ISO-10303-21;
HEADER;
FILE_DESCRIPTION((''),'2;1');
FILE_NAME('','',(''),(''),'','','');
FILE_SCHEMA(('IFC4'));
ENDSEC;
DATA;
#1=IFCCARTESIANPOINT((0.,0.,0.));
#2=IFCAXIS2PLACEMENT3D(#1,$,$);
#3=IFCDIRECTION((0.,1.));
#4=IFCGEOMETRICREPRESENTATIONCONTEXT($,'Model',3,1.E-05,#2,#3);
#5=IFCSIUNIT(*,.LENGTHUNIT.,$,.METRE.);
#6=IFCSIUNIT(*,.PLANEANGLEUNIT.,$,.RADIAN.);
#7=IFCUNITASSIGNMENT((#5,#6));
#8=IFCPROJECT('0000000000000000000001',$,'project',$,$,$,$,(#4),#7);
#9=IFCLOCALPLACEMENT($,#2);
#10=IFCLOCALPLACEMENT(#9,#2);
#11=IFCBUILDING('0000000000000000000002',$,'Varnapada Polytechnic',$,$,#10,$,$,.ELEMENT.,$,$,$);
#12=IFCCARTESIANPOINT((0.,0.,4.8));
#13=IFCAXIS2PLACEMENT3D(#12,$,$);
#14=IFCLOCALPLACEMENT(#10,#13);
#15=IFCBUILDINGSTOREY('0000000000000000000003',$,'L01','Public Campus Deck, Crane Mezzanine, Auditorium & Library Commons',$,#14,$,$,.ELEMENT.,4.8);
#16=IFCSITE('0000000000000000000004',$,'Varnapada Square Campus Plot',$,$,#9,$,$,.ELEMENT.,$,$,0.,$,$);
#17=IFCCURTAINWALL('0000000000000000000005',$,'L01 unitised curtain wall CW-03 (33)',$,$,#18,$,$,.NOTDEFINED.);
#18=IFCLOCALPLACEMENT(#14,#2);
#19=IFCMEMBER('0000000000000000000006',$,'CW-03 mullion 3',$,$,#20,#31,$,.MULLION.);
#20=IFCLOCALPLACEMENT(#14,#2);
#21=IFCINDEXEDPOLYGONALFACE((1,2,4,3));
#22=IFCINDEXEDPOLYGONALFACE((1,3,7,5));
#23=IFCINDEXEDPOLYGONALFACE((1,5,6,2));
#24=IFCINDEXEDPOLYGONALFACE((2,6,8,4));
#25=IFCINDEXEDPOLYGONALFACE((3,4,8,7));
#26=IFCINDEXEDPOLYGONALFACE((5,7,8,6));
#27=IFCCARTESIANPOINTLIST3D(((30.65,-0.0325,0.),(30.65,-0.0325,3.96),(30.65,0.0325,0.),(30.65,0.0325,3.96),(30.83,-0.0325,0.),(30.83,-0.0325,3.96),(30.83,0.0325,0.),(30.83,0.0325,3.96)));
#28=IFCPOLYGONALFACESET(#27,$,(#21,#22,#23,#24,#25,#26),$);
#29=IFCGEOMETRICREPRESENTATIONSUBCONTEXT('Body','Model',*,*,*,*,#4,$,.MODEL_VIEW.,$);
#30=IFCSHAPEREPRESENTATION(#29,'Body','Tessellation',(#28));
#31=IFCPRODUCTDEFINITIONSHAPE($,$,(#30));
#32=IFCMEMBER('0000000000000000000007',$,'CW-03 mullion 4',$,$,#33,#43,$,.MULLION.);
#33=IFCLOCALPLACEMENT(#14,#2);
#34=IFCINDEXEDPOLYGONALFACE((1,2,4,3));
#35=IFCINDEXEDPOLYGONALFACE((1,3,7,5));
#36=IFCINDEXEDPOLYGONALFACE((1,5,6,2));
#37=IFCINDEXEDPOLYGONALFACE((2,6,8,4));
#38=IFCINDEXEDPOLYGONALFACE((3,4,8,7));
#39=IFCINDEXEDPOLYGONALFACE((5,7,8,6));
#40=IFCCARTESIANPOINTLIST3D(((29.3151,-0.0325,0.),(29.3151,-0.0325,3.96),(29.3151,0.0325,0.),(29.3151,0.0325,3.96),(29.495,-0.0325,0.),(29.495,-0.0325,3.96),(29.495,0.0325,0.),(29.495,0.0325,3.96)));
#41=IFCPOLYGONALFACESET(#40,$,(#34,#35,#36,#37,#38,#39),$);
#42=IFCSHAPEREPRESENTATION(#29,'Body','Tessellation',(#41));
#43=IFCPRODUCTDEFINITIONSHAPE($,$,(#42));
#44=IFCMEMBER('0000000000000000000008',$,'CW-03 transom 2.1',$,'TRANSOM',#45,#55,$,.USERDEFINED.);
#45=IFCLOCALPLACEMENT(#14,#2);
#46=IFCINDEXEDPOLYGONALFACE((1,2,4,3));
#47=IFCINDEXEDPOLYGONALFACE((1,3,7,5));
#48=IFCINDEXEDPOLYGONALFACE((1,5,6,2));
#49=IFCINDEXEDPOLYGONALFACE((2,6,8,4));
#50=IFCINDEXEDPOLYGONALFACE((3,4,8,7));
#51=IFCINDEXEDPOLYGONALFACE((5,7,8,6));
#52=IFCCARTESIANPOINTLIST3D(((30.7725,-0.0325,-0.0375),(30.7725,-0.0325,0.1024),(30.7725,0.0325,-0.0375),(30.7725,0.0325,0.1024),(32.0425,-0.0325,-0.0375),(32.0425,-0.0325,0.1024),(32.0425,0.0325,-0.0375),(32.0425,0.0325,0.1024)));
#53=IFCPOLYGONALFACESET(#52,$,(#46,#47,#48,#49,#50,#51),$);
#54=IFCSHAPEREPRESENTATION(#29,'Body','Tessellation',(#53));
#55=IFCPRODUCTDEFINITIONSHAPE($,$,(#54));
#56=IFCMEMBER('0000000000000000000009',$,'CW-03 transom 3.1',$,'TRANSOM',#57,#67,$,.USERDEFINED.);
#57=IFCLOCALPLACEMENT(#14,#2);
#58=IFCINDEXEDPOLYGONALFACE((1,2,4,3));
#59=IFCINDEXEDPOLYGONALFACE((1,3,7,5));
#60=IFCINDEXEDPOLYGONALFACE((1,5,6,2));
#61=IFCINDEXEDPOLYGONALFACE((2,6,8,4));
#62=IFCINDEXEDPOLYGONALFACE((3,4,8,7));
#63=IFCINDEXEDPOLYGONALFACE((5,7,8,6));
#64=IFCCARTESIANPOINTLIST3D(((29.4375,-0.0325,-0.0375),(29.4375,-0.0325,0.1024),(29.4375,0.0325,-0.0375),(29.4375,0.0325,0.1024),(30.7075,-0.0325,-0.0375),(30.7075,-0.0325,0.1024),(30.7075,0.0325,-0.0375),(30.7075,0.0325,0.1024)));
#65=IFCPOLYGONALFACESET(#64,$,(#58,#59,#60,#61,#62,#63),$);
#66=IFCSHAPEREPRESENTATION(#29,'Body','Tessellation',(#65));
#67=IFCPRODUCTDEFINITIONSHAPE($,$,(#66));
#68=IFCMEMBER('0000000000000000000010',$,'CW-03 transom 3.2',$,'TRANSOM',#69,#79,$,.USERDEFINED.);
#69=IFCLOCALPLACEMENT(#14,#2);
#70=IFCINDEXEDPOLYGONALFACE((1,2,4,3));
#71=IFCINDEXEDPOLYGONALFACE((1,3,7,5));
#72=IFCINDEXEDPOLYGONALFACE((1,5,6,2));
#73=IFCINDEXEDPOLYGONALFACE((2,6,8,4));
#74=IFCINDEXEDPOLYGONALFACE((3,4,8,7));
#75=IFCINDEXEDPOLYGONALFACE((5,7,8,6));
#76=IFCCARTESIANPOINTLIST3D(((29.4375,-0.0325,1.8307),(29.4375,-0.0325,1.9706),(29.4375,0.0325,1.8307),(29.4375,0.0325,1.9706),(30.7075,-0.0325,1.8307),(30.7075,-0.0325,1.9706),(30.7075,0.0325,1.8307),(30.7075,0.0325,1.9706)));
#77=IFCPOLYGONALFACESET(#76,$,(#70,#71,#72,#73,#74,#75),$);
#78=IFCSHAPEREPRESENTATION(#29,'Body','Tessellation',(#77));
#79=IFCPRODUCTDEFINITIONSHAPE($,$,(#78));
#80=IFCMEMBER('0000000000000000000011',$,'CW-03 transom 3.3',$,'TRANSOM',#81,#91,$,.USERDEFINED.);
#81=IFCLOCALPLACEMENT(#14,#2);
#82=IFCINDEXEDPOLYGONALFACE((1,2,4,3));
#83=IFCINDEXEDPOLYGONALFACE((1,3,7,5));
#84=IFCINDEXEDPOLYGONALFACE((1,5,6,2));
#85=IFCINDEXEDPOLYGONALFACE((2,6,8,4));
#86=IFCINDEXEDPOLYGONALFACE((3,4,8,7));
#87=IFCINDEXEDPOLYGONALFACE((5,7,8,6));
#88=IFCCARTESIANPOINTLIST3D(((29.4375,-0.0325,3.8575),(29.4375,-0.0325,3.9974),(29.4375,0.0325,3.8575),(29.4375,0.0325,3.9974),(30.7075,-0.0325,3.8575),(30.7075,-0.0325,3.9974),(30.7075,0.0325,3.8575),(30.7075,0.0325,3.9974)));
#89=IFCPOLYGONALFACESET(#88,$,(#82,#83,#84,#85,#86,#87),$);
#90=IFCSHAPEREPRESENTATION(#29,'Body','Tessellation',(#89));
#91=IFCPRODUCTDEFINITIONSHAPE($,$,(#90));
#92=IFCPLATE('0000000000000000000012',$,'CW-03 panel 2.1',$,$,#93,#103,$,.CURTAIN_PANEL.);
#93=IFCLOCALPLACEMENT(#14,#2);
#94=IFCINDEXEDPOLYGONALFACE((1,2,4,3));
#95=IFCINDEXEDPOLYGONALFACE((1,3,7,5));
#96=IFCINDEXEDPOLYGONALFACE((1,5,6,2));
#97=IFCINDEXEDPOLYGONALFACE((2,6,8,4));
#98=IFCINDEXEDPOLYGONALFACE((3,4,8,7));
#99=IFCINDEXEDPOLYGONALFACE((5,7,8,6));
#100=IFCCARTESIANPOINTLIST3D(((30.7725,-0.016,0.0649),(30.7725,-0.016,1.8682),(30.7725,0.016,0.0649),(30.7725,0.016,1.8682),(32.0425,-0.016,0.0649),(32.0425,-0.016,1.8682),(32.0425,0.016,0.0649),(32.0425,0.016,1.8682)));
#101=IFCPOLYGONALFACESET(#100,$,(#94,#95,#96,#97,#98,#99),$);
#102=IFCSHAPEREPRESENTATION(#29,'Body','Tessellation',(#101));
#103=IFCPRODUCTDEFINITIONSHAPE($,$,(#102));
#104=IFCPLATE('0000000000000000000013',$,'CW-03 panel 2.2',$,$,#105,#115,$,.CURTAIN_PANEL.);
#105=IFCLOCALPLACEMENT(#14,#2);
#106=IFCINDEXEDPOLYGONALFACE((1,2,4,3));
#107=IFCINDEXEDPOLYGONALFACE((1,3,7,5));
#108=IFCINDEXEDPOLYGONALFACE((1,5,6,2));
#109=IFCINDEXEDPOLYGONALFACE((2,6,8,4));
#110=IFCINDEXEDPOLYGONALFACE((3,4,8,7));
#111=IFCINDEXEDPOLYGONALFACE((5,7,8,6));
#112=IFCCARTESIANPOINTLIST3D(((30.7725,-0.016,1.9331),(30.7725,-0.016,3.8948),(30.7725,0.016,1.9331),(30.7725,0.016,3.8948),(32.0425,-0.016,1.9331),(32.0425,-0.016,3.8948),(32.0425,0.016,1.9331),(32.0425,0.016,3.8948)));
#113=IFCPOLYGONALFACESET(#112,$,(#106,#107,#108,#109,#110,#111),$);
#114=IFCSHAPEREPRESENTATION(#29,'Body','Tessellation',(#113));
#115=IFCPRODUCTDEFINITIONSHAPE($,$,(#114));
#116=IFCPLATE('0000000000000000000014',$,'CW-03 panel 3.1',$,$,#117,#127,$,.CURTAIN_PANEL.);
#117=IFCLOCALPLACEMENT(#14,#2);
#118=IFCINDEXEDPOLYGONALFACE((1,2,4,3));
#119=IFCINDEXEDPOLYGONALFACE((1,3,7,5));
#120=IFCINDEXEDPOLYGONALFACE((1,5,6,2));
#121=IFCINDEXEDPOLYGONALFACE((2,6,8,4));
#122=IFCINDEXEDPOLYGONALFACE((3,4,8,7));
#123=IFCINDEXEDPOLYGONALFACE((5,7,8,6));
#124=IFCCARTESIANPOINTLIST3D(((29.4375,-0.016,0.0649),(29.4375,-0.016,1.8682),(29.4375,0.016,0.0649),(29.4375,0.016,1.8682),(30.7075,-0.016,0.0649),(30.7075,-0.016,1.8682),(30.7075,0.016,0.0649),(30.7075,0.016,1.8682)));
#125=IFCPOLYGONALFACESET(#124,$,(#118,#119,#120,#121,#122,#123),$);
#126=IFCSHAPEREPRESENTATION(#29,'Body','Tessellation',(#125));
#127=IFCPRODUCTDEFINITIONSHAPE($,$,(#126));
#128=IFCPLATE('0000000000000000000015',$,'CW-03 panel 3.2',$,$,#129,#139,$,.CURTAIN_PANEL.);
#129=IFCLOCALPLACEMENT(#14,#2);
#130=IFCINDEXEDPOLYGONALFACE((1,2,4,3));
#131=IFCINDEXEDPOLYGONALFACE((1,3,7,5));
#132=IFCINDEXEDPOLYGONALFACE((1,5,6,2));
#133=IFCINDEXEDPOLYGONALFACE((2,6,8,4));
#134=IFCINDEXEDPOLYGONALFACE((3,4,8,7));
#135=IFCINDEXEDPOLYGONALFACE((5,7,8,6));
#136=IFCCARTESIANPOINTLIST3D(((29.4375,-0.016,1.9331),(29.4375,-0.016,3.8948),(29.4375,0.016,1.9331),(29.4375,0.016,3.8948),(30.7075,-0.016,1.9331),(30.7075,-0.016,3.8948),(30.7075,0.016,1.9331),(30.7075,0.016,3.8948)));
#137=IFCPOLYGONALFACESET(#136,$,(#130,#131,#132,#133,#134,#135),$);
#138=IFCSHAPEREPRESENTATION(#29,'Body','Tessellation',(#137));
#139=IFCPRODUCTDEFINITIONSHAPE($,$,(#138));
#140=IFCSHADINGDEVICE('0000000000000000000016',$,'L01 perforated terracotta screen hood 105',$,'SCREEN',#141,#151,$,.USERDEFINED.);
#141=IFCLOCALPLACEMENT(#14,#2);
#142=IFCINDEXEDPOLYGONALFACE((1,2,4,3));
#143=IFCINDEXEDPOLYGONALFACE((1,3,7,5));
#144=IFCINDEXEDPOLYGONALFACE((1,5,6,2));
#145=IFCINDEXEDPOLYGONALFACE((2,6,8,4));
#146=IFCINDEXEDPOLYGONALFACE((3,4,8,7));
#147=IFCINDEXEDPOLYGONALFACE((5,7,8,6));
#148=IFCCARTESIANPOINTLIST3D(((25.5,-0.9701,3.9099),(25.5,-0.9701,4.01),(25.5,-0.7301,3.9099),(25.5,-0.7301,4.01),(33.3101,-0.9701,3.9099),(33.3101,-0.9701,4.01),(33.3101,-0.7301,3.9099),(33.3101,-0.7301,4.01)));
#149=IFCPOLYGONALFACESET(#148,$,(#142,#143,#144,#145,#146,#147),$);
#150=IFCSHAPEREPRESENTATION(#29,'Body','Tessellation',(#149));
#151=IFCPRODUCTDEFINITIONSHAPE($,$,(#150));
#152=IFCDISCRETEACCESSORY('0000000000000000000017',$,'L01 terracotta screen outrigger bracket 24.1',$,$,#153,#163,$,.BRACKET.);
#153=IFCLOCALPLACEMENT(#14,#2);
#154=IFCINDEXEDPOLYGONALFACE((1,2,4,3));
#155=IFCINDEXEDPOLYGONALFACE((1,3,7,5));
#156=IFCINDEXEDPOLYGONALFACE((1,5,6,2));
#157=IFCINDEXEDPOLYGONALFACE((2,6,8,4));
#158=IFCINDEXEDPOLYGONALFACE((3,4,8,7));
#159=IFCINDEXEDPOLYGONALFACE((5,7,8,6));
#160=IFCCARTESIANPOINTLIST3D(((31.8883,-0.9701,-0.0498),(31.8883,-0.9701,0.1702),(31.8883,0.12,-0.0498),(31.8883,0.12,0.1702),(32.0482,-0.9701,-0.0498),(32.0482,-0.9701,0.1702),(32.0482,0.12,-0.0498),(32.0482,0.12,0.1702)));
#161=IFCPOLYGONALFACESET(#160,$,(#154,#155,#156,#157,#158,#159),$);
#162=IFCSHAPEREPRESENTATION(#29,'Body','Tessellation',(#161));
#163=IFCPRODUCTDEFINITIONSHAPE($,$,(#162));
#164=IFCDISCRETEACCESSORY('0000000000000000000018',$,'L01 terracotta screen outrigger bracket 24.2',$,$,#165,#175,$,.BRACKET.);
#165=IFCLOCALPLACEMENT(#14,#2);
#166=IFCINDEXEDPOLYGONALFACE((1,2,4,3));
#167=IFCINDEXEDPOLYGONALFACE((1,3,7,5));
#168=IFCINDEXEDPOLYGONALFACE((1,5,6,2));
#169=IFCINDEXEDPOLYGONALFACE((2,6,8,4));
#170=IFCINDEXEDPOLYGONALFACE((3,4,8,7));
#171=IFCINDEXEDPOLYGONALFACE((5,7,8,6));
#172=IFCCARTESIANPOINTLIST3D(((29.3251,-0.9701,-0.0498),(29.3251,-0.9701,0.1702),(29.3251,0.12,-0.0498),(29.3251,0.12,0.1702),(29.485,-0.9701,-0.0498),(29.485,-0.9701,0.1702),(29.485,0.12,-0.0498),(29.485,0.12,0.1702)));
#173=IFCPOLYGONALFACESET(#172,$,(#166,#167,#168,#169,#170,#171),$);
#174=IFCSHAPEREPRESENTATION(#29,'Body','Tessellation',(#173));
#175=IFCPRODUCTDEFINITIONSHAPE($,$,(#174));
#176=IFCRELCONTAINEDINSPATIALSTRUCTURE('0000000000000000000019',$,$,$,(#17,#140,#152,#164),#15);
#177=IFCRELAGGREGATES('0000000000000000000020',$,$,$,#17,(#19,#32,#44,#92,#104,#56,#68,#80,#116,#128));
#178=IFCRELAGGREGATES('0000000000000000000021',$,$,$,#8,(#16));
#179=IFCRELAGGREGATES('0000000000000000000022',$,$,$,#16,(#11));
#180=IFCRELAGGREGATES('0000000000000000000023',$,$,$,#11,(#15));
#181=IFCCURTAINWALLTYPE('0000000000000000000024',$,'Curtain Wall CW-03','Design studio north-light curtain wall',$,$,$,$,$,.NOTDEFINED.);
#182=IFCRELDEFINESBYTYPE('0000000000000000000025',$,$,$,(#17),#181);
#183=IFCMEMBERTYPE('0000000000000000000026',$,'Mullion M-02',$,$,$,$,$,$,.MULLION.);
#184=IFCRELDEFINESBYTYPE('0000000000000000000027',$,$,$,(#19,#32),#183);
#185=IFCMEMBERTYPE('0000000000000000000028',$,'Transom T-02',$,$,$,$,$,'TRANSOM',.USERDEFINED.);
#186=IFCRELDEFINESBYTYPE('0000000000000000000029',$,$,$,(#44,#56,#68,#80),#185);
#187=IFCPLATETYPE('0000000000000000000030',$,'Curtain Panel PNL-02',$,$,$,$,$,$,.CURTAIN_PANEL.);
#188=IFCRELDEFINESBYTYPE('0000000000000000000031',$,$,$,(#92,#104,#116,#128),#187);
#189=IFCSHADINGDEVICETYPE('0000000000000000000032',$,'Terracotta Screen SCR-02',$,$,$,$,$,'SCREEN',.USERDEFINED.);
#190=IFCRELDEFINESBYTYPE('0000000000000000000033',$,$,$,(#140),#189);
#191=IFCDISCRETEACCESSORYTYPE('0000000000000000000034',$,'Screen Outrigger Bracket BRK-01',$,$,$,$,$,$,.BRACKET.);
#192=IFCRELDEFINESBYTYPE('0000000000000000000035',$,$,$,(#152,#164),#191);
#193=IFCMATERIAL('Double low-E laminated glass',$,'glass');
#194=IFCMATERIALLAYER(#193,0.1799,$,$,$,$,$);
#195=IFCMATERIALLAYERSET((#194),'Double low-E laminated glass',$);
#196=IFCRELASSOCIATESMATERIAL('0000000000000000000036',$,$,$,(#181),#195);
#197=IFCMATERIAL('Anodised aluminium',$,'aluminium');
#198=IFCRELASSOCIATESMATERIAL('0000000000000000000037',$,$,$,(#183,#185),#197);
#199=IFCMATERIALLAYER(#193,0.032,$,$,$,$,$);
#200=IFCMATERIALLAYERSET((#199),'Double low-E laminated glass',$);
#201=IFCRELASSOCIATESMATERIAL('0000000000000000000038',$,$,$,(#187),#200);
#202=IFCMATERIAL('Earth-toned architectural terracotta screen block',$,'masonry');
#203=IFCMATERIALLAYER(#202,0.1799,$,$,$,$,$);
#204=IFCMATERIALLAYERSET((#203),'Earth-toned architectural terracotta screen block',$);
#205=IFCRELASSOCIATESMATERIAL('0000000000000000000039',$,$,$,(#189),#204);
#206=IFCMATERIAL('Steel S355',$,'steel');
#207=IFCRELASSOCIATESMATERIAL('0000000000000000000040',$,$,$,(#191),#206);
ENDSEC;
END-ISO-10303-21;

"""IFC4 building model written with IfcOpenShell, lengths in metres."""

from ifc_helpers import new_model, si_unit, direction, frame, origin, origin_2d, place, context, subcontext, project, spatial, rectangle, extrude, material, layer, layer_set, material_profile, profile_set, type_object, element, aggregate, save


model = new_model("IFC4")

# Units and contexts
model_context = context("Model", 3, precision=1e-05, world=origin(), true_north=direction((0.0, 1.0)))
body_context = subcontext(model_context, "Body", "Model", "MODEL_VIEW")
ifc_project = project(units=[si_unit("LENGTHUNIT", "METRE"), si_unit("PLANEANGLEUNIT", "RADIAN")], contexts=[model_context])

# Site, building, storey
site_placement = place(None, origin())
site = spatial("IfcSite", under=ifc_project, at=site_placement, Name="Varnapada Square Campus Plot", CompositionType="ELEMENT", RefElevation=0.0)
building_placement = place(site_placement, origin())
building = spatial("IfcBuilding", under=site, at=building_placement, Name="Varnapada Polytechnic", CompositionType="ELEMENT")
storey_placement = place(building_placement, frame((0.0, 0.0, 4.8)))
storey = spatial("IfcBuildingStorey", under=building, at=storey_placement, Name="L01", Description="Public Campus Deck, Crane Mezzanine, Auditorium & Library Commons", CompositionType="ELEMENT", Elevation=4.8)

# Curtain wall, members, plates
ifc_material_1 = material(Name="Double low-E laminated glass", Category="glass")
ifc_layer_1 = layer(ifc_material_1, 0.1799)
ifc_layer_set_1 = layer_set([ifc_layer_1], Name="Double low-E laminated glass")
curtain_wall_type = type_object("IfcCurtainWallType", Name="Curtain Wall CW-03", Description="Design studio north-light curtain wall", PredefinedType="NOTDEFINED", material=ifc_layer_set_1)
curtain_wall_placement = place(storey_placement, origin())
curtain_wall = element("IfcCurtainWall", 1, at=curtain_wall_placement, inside=storey, type_object=curtain_wall_type, Name="L01 unitised curtain wall CW-03 (33)", PredefinedType="NOTDEFINED")
ifc_material_2 = material(Name="Anodised aluminium", Category="aluminium")
ifc_material_profile_1 = material_profile(ifc_material_2, rectangle(XDim=0.0649, YDim=0.1799, at=origin_2d()), Name="ALU M65x180")
ifc_profile_set_1 = profile_set([ifc_material_profile_1], Name="Anodised aluminium")
member_type_1 = type_object("IfcMemberType", Name="Mullion M-02", PredefinedType="MULLION", material=ifc_profile_set_1)
member_1_placement = place(storey_placement, frame((30.74, 0.0, 0.0), z_axis=(0.0, 0.0, 1.0), x_axis=(0.0, -1.0, 0.0)))
member_1 = element("IfcMember", 2, at=member_1_placement, type_object=member_type_1, Name="CW-03 mullion 3", PredefinedType="MULLION", context=body_context, shape_type="SweptSolid", body=[
    extrude(rectangle(XDim=0.0649, YDim=0.1799, at=origin_2d()), origin(), (0.0, 0.0, 1.0), 3.96),
])
member_2_placement = place(storey_placement, frame((29.405, 0.0, 0.0), z_axis=(0.0, 0.0, 1.0), x_axis=(0.0, -1.0, 0.0)))
member_2 = element("IfcMember", 3, at=member_2_placement, type_object=member_type_1, Name="CW-03 mullion 4", PredefinedType="MULLION", context=body_context, shape_type="SweptSolid", body=[
    extrude(rectangle(XDim=0.0649, YDim=0.1799, at=origin_2d()), origin(), (0.0, 0.0, 1.0), 3.96),
])
ifc_material_profile_2 = material_profile(ifc_material_2, rectangle(XDim=0.0649, YDim=0.1399, at=origin_2d()), Name="ALU T65x140")
ifc_profile_set_2 = profile_set([ifc_material_profile_2], Name="Anodised aluminium")
member_type_2 = type_object("IfcMemberType", Name="Transom T-02", ElementType="TRANSOM", PredefinedType="USERDEFINED", material=ifc_profile_set_2)
member_3_placement = place(storey_placement, frame((32.0425, 0.0, 0.0325), z_axis=(-1.0, 0.0, 0.0), x_axis=(0.0, -1.0, 0.0)))
member_3 = element("IfcMember", 4, at=member_3_placement, type_object=member_type_2, Name="CW-03 transom 2.1", ObjectType="TRANSOM", PredefinedType="USERDEFINED", context=body_context, shape_type="SweptSolid", body=[
    extrude(rectangle(XDim=0.0649, YDim=0.1399, at=origin_2d()), origin(), (0.0, 0.0, 1.0), 1.27),
])
member_4_placement = place(storey_placement, frame((30.7075, 0.0, 0.0325), z_axis=(-1.0, 0.0, 0.0), x_axis=(0.0, -1.0, 0.0)))
member_4 = element("IfcMember", 5, at=member_4_placement, type_object=member_type_2, Name="CW-03 transom 3.1", ObjectType="TRANSOM", PredefinedType="USERDEFINED", context=body_context, shape_type="SweptSolid", body=[
    extrude(rectangle(XDim=0.0649, YDim=0.1399, at=origin_2d()), origin(), (0.0, 0.0, 1.0), 1.27),
])
member_5_placement = place(storey_placement, frame((30.7075, 0.0, 1.9006), z_axis=(-1.0, 0.0, 0.0), x_axis=(0.0, -1.0, 0.0)))
member_5 = element("IfcMember", 6, at=member_5_placement, type_object=member_type_2, Name="CW-03 transom 3.2", ObjectType="TRANSOM", PredefinedType="USERDEFINED", context=body_context, shape_type="SweptSolid", body=[
    extrude(rectangle(XDim=0.0649, YDim=0.1399, at=origin_2d()), origin(), (0.0, 0.0, 1.0), 1.27),
])
member_6_placement = place(storey_placement, frame((30.7075, 0.0, 3.9275), z_axis=(-1.0, 0.0, 0.0), x_axis=(0.0, -1.0, 0.0)))
member_6 = element("IfcMember", 7, at=member_6_placement, type_object=member_type_2, Name="CW-03 transom 3.3", ObjectType="TRANSOM", PredefinedType="USERDEFINED", context=body_context, shape_type="SweptSolid", body=[
    extrude(rectangle(XDim=0.0649, YDim=0.1399, at=origin_2d()), origin(), (0.0, 0.0, 1.0), 1.27),
])
ifc_layer_2 = layer(ifc_material_1, 0.032)
ifc_layer_set_2 = layer_set([ifc_layer_2], Name="Double low-E laminated glass")
plate_type = type_object("IfcPlateType", Name="Curtain Panel PNL-02", PredefinedType="CURTAIN_PANEL", material=ifc_layer_set_2)
plate_1_placement = place(storey_placement, frame((31.4075, 0.0, 0.0649), z_axis=(0.0, 0.0, 1.0), x_axis=(-1.0, 0.0, 0.0)))
plate_1 = element("IfcPlate", 8, at=plate_1_placement, type_object=plate_type, Name="CW-03 panel 2.1", PredefinedType="CURTAIN_PANEL", context=body_context, shape_type="SweptSolid", body=[
    extrude(rectangle(XDim=1.27, YDim=0.032, at=origin_2d()), origin(), (0.0, 0.0, 1.0), 1.8032),
])
plate_2_placement = place(storey_placement, frame((31.4075, 0.0, 1.9331), z_axis=(0.0, 0.0, 1.0), x_axis=(-1.0, 0.0, 0.0)))
plate_2 = element("IfcPlate", 9, at=plate_2_placement, type_object=plate_type, Name="CW-03 panel 2.2", PredefinedType="CURTAIN_PANEL", context=body_context, shape_type="SweptSolid", body=[
    extrude(rectangle(XDim=1.27, YDim=0.032, at=origin_2d()), origin(), (0.0, 0.0, 1.0), 1.9617),
])
plate_3_placement = place(storey_placement, frame((30.0725, 0.0, 0.0649), z_axis=(0.0, 0.0, 1.0), x_axis=(-1.0, 0.0, 0.0)))
plate_3 = element("IfcPlate", 10, at=plate_3_placement, type_object=plate_type, Name="CW-03 panel 3.1", PredefinedType="CURTAIN_PANEL", context=body_context, shape_type="SweptSolid", body=[
    extrude(rectangle(XDim=1.27, YDim=0.032, at=origin_2d()), origin(), (0.0, 0.0, 1.0), 1.8032),
])
plate_4_placement = place(storey_placement, frame((30.0725, 0.0, 1.9331), z_axis=(0.0, 0.0, 1.0), x_axis=(-1.0, 0.0, 0.0)))
plate_4 = element("IfcPlate", 11, at=plate_4_placement, type_object=plate_type, Name="CW-03 panel 3.2", PredefinedType="CURTAIN_PANEL", context=body_context, shape_type="SweptSolid", body=[
    extrude(rectangle(XDim=1.27, YDim=0.032, at=origin_2d()), origin(), (0.0, 0.0, 1.0), 1.9617),
])
aggregate(curtain_wall, [member_1, member_2, member_3, plate_1, plate_2, member_4, member_5, member_6, plate_3, plate_4])

# Shading device
ifc_material_3 = material(Name="Earth-toned architectural terracotta screen block", Category="masonry")
ifc_layer_3 = layer(ifc_material_3, 0.1799)
ifc_layer_set_3 = layer_set([ifc_layer_3], Name="Earth-toned architectural terracotta screen block")
shading_device_type = type_object("IfcShadingDeviceType", Name="Terracotta Screen SCR-02", ElementType="SCREEN", PredefinedType="USERDEFINED", material=ifc_layer_set_3)
shading_device_placement = place(storey_placement, frame((29.405, -0.8501, 3.9099), z_axis=(0.0, 0.0, 1.0), x_axis=(-1.0, 0.0, 0.0)))
element("IfcShadingDevice", 12, at=shading_device_placement, inside=storey, type_object=shading_device_type, Name="L01 perforated terracotta screen hood 105", ObjectType="SCREEN", PredefinedType="USERDEFINED", context=body_context, shape_type="SweptSolid", body=[
    extrude(rectangle(XDim=7.8101, YDim=0.24, at=origin_2d()), origin(), (0.0, 0.0, 1.0), 0.1001),
])

# Discrete accessories
ifc_material_4 = material(Name="Steel S355", Category="steel")
discrete_accessory_type = type_object("IfcDiscreteAccessoryType", Name="Screen Outrigger Bracket BRK-01", PredefinedType="BRACKET", material=ifc_material_4)
for number, where, z_axis, x_axis, name in (
    (13, (31.9683, -0.425, -0.0498), (0.0, 0.0, 1.0), (-1.0, 0.0, 0.0), "L01 terracotta screen outrigger bracket 24.1"),
    (14, (29.405, -0.425, -0.0498), (0.0, 0.0, 1.0), (-1.0, 0.0, 0.0), "L01 terracotta screen outrigger bracket 24.2"),
):
    element("IfcDiscreteAccessory", number, at=place(storey_placement, frame(where, z_axis=z_axis, x_axis=x_axis)), inside=storey, type_object=discrete_accessory_type, Name=name, PredefinedType="BRACKET", context=body_context, shape_type="SweptSolid", body=[
        extrude(rectangle(XDim=0.1599, YDim=1.0901, at=origin_2d()), origin(), (0.0, 0.0, 1.0), 0.22),
    ])

save(model, "model.ifc")
